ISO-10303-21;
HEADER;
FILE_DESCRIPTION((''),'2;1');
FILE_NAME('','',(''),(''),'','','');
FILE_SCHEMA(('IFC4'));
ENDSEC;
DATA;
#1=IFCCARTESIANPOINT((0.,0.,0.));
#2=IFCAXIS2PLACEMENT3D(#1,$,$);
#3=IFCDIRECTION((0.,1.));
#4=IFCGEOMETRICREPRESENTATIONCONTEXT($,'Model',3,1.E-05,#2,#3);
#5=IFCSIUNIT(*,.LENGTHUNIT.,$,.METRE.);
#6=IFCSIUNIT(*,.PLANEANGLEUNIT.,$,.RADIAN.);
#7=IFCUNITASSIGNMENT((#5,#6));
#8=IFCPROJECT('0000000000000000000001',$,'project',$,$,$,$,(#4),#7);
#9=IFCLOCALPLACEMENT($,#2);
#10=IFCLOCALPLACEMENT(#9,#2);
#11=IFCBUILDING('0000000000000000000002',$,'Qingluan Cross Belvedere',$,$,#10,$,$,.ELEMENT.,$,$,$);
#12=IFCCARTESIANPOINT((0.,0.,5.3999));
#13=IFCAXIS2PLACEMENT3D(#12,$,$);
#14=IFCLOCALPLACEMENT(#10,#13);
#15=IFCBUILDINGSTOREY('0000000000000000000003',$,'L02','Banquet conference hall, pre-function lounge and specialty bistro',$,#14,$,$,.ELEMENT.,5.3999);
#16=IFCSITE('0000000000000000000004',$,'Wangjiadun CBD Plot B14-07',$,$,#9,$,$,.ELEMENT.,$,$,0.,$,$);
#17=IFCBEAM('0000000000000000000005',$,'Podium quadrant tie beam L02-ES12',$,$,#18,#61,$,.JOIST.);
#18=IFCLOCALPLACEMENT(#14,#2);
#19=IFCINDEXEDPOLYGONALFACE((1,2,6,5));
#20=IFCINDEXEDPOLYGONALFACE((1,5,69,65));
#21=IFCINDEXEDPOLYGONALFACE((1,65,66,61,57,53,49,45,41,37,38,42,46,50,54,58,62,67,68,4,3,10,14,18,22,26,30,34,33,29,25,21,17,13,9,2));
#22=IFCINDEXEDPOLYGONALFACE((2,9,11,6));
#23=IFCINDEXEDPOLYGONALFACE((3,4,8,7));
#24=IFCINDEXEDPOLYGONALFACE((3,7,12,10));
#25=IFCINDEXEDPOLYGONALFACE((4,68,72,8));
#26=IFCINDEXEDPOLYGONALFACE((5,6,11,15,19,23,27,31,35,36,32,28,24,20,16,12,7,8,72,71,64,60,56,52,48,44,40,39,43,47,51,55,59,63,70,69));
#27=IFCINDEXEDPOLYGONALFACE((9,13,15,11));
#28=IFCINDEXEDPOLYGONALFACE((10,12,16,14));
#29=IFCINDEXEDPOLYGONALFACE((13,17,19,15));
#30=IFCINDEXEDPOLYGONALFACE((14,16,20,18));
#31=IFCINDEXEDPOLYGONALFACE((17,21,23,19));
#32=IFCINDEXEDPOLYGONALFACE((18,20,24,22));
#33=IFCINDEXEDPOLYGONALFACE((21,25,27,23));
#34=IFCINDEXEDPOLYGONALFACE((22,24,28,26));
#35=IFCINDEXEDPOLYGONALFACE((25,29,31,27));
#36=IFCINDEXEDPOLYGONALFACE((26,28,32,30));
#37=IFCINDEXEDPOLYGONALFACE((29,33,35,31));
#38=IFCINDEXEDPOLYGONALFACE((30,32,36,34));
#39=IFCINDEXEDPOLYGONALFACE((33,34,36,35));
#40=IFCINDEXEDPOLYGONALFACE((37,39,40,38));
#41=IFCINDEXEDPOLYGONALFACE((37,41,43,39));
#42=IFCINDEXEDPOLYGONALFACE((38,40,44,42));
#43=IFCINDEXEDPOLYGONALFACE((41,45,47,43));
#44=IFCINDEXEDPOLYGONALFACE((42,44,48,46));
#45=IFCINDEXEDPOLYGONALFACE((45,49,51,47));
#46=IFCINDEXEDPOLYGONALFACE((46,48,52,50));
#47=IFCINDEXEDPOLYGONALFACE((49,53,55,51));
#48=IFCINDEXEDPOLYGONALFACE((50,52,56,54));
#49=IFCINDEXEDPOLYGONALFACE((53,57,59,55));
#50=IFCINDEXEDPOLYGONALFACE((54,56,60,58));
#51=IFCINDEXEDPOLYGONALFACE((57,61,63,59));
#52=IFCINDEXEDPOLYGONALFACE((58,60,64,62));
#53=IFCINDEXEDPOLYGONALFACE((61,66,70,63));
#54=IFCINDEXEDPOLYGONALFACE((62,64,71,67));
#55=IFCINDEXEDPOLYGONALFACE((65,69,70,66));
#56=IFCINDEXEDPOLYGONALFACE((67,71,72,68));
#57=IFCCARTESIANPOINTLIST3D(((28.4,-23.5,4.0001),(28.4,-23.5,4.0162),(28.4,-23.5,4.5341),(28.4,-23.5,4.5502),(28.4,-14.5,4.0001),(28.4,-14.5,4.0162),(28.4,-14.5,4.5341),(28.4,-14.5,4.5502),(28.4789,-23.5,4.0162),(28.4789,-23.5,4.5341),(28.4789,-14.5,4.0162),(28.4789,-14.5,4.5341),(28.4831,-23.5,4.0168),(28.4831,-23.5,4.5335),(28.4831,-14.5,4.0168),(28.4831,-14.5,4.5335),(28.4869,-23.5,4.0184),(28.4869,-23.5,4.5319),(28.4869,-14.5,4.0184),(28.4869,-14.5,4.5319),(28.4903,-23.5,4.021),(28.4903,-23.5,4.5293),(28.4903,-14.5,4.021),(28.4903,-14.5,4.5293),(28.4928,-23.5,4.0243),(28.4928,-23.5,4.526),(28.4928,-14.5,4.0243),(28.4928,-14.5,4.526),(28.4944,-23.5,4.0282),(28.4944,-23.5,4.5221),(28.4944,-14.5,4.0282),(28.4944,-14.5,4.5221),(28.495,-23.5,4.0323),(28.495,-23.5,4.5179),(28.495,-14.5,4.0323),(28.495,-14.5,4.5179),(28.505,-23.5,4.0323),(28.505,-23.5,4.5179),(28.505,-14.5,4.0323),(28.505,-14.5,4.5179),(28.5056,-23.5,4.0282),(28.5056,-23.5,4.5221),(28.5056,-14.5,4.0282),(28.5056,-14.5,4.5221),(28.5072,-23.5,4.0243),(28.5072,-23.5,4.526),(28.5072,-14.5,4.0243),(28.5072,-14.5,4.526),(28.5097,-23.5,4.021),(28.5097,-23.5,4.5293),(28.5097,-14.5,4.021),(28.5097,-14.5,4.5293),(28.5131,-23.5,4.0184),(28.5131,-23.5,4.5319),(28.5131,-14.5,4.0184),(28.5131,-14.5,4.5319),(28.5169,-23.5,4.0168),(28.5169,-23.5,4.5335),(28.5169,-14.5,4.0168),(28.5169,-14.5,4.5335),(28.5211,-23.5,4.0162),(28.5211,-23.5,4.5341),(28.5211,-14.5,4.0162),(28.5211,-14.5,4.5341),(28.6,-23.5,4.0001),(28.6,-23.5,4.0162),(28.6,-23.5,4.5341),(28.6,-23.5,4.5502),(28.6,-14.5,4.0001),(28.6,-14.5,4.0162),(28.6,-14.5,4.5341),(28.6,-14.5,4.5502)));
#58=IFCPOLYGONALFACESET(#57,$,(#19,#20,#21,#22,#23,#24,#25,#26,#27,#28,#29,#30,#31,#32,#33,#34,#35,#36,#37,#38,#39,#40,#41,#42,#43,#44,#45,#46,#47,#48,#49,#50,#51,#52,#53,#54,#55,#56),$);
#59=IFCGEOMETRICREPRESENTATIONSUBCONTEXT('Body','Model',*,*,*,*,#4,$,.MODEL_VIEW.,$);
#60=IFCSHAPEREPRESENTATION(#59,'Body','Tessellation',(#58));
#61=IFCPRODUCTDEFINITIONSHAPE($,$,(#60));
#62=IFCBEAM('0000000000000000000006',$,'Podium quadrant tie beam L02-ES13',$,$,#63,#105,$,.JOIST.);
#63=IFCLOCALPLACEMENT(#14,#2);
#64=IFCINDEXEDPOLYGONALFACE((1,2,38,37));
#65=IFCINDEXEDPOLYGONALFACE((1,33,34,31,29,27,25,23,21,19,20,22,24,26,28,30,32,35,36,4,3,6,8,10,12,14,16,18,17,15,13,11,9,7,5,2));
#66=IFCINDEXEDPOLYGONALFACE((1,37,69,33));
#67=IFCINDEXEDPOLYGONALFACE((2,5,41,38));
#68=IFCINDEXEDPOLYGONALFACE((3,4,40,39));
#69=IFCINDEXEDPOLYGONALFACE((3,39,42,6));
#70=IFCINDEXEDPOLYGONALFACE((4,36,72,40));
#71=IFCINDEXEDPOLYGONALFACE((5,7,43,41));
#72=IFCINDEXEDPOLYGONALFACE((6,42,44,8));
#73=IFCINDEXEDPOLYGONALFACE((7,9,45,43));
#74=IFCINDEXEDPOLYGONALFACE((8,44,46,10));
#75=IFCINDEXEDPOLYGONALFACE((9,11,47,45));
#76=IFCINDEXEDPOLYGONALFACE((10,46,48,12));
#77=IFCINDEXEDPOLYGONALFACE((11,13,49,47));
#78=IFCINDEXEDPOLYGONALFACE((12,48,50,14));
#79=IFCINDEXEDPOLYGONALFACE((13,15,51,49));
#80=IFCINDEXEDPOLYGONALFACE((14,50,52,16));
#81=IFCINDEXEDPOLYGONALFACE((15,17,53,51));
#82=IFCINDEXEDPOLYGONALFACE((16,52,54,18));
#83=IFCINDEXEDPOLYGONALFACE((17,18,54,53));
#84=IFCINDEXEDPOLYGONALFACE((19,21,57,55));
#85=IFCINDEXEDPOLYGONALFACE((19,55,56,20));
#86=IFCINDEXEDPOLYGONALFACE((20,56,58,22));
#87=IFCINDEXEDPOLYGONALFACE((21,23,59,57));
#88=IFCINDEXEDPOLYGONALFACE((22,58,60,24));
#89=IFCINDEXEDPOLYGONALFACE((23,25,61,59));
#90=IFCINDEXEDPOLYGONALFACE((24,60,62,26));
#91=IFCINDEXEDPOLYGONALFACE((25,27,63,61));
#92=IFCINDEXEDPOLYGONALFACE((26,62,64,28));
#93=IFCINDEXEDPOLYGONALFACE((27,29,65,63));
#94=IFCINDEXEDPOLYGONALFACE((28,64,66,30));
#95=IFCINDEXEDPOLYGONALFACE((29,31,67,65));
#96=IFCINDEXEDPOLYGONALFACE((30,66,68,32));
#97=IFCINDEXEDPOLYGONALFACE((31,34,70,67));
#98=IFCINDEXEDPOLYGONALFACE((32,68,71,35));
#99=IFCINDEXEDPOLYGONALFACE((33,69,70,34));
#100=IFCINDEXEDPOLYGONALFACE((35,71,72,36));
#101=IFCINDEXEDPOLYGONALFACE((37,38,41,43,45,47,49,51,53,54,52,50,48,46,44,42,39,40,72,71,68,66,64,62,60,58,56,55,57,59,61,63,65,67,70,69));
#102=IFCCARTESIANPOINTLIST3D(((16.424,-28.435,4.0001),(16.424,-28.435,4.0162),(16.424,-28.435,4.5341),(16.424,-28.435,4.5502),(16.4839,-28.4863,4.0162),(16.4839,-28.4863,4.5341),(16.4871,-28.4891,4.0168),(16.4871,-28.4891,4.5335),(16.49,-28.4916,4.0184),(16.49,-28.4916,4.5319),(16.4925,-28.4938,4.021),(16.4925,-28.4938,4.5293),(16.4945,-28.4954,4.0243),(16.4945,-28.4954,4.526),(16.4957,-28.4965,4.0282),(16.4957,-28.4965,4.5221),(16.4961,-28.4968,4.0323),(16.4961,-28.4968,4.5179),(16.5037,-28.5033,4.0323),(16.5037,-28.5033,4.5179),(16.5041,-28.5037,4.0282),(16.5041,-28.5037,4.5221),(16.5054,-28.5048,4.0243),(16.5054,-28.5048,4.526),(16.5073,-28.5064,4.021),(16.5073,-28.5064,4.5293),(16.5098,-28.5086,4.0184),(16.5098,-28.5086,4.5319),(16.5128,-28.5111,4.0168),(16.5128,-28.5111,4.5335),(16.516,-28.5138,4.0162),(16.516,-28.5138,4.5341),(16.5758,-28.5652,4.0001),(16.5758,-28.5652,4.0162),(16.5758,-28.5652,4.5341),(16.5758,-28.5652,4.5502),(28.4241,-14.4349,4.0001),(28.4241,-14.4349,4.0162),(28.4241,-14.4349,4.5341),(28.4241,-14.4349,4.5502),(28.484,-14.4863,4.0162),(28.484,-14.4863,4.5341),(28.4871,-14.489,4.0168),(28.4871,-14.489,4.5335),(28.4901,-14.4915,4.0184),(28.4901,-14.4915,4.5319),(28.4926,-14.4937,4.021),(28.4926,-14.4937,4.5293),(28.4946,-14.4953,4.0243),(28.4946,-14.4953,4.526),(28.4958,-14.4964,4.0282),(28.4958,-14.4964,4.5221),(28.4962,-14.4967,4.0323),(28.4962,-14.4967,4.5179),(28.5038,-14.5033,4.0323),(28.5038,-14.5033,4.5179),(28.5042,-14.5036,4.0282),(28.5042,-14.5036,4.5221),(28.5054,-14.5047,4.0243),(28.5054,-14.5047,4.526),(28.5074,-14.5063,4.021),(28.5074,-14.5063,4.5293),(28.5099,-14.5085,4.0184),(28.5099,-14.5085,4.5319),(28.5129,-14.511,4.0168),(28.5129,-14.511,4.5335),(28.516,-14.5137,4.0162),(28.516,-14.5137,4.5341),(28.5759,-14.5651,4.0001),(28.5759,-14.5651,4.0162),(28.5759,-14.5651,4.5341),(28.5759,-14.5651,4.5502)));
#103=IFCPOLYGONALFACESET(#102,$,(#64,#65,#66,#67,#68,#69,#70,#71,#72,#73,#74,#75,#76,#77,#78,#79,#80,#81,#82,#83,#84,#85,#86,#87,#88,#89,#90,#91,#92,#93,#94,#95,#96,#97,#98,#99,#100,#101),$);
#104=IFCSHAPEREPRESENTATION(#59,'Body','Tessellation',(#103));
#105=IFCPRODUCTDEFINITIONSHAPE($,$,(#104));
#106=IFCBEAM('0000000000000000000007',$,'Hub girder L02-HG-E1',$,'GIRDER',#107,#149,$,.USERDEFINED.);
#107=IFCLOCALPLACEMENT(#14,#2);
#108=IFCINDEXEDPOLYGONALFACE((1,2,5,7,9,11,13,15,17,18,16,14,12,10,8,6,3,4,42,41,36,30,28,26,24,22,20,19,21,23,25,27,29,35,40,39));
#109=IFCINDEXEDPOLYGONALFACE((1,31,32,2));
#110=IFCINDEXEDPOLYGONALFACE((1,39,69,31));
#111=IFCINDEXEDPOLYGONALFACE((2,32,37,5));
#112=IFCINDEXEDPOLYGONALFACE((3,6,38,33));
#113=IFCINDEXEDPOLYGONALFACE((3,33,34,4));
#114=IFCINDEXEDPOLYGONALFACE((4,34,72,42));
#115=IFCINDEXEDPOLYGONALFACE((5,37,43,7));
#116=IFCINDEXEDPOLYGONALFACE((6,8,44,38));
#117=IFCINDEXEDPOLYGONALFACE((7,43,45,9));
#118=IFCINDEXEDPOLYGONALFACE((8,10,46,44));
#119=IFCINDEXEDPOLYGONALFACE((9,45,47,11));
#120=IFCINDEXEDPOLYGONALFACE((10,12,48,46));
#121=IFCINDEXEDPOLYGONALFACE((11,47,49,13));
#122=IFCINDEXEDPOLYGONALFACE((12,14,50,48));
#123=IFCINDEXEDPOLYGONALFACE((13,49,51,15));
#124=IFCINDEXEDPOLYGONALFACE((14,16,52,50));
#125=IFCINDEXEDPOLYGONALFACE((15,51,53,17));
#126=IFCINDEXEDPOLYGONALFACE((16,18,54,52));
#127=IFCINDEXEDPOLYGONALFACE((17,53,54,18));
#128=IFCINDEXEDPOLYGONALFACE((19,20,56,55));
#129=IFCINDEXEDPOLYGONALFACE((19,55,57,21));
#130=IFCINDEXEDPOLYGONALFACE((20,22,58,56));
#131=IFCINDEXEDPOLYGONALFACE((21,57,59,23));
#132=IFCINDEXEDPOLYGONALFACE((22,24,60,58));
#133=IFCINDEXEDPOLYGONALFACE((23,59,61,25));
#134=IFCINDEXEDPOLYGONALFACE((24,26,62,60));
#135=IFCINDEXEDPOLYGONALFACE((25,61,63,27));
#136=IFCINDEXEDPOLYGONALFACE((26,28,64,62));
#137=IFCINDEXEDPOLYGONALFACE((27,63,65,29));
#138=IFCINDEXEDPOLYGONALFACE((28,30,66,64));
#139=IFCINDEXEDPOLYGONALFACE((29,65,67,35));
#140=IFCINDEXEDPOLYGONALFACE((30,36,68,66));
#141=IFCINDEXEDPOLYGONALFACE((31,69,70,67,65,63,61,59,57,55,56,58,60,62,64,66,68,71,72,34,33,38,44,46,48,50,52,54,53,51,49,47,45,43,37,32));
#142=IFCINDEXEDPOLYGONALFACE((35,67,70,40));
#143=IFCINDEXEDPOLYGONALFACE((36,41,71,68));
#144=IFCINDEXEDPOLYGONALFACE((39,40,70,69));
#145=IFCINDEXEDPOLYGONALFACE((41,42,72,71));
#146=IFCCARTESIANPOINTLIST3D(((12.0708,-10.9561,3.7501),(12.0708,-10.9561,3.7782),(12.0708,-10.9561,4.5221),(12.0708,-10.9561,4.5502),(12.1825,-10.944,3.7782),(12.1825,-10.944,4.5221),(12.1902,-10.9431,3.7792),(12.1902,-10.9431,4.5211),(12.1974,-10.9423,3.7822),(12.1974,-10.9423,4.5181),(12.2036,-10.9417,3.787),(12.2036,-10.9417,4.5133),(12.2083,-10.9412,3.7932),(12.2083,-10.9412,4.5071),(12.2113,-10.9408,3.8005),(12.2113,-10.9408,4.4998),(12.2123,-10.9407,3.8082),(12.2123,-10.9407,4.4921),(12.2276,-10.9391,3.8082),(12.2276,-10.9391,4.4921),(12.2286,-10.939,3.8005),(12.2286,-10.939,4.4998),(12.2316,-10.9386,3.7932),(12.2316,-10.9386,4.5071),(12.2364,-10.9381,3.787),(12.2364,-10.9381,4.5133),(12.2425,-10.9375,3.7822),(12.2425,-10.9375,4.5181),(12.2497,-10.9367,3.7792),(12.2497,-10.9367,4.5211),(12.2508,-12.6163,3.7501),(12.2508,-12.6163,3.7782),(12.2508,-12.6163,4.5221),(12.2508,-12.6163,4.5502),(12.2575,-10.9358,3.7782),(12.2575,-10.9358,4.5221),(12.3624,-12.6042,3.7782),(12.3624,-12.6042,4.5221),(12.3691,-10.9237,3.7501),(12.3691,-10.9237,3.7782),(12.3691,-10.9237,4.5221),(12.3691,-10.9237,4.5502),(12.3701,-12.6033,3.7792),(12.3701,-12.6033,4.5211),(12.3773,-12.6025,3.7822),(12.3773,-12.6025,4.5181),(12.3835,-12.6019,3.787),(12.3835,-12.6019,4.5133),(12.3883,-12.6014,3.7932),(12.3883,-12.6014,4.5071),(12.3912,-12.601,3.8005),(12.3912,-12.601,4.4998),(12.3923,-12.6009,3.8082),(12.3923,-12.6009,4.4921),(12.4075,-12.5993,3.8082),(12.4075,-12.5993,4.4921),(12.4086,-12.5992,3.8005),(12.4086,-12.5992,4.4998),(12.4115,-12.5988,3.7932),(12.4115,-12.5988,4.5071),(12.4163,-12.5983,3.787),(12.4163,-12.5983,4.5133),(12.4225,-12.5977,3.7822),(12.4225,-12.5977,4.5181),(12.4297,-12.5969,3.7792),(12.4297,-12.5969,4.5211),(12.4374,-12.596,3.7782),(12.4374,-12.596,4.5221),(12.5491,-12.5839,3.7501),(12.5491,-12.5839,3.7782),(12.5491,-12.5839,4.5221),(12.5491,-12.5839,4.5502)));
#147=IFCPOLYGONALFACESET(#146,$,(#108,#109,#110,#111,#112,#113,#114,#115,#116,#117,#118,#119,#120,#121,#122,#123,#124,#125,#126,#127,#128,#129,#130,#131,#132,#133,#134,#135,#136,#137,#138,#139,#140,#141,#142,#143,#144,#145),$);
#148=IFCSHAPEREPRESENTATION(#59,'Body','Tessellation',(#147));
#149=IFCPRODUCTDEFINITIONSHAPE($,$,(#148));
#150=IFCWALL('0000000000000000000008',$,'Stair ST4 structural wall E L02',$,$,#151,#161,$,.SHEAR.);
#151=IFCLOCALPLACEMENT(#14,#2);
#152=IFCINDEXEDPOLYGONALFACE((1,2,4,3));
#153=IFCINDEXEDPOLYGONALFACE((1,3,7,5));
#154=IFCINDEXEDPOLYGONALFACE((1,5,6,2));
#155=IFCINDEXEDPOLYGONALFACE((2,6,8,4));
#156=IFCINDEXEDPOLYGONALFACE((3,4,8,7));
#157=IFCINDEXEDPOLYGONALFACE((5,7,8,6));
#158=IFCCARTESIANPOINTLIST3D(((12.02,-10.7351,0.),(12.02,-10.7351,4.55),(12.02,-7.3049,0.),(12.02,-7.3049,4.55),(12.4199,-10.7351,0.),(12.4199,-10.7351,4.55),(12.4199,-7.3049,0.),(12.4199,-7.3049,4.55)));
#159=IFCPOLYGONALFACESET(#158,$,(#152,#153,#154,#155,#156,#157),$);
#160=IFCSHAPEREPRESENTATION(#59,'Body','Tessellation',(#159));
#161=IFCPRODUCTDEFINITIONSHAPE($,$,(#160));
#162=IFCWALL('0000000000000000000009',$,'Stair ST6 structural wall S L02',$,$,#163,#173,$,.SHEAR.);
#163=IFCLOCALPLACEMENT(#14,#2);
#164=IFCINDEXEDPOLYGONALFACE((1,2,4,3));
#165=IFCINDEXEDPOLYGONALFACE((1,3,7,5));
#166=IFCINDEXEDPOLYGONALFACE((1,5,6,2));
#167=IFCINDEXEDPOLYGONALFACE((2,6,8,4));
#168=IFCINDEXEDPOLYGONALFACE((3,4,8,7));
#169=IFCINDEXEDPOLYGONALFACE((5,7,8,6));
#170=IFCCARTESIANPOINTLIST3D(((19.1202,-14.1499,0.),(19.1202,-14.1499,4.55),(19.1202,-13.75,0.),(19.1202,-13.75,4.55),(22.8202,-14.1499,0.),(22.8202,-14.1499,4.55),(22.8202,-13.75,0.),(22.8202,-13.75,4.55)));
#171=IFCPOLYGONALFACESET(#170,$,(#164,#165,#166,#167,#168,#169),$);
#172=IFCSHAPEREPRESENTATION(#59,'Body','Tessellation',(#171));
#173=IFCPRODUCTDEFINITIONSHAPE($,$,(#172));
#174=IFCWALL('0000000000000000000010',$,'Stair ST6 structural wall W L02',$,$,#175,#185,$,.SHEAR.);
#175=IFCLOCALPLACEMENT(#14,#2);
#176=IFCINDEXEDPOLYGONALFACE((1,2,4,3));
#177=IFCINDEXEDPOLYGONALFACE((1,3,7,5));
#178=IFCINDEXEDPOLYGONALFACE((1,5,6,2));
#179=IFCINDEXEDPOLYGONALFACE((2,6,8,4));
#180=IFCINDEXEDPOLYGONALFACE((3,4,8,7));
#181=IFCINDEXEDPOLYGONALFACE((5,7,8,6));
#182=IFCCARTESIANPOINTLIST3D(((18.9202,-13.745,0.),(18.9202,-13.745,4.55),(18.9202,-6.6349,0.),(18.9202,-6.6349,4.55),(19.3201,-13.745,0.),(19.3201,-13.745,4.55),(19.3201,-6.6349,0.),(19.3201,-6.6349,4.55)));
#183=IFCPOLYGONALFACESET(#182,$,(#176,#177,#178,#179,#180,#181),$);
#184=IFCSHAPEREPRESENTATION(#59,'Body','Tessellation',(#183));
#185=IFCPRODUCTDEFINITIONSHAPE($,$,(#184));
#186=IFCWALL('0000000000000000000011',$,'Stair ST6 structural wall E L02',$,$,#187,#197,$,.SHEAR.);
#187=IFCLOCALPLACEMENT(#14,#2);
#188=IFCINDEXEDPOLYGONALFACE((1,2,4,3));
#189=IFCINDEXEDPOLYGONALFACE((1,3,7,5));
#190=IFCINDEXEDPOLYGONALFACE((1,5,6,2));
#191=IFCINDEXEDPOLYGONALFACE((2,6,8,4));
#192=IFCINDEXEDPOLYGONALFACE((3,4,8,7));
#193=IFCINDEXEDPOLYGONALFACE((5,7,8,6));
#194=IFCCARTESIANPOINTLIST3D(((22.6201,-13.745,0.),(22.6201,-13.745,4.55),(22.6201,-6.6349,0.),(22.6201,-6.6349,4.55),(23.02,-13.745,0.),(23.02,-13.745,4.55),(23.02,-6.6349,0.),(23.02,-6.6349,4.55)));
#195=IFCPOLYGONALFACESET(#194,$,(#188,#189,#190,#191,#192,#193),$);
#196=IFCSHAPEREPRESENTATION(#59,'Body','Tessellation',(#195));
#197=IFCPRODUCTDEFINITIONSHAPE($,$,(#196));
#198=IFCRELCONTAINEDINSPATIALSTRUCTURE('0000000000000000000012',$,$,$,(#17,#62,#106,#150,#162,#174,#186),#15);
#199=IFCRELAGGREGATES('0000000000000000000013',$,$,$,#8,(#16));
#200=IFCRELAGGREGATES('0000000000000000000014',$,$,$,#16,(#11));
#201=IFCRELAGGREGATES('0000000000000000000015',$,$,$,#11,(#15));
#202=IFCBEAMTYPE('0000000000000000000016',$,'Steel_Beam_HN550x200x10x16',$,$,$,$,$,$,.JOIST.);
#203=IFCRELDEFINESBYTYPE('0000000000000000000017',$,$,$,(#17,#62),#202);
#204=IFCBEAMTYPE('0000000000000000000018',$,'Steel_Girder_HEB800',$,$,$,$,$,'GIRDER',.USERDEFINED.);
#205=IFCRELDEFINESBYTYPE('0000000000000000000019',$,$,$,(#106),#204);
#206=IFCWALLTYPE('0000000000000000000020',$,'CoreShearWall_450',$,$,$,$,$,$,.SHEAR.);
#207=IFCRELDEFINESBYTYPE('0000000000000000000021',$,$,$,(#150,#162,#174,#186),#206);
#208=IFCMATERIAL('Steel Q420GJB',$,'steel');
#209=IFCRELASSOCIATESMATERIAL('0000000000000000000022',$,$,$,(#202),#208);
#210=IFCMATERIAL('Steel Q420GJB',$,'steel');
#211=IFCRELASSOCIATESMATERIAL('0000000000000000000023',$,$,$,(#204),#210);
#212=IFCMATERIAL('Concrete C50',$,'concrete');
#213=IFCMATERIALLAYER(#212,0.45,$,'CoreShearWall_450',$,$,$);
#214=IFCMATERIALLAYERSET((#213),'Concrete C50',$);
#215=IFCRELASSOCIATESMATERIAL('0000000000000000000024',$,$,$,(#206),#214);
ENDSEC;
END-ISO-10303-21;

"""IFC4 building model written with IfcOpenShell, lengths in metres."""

from ifc_helpers import new_model, si_unit, direction, frame, frame_2d, origin, origin_2d, place, context, subcontext, project, spatial, rectangle, i_section, extrude, material, layer, layer_set, material_profile, profile_set, type_object, element, save


model = new_model("IFC4")

# Units and contexts
model_context = context("Model", 3, precision=1e-05, world=origin(), true_north=direction((0.0, 1.0)))
body_context = subcontext(model_context, "Body", "Model", "MODEL_VIEW")
ifc_project = project(units=[si_unit("LENGTHUNIT", "METRE"), si_unit("PLANEANGLEUNIT", "RADIAN")], contexts=[model_context])

# Site, building, storey
site_placement = place(None, origin())
site = spatial("IfcSite", under=ifc_project, at=site_placement, Name="Wangjiadun CBD Plot B14-07", CompositionType="ELEMENT", RefElevation=0.0)
building_placement = place(site_placement, origin())
building = spatial("IfcBuilding", under=site, at=building_placement, Name="Qingluan Cross Belvedere", CompositionType="ELEMENT")
storey_placement = place(building_placement, frame((0.0, 0.0, 5.3999)))
storey = spatial("IfcBuildingStorey", under=building, at=storey_placement, Name="L02", Description="Banquet conference hall, pre-function lounge and specialty bistro", CompositionType="ELEMENT", Elevation=5.3999)

# Beams
ifc_material_1 = material(Name="Steel Q420GJB", Category="steel")
ifc_material_profile_1 = material_profile(ifc_material_1, i_section(OverallWidth=0.2, OverallDepth=0.55, WebThickness=0.01, FlangeThickness=0.0161, FilletRadius=0.0161, at=origin_2d()), Name="HN550x200x10x16")
ifc_profile_set_1 = profile_set([ifc_material_profile_1], Name="Steel Q420GJB")
beam_type_1 = type_object("IfcBeamType", Name="Steel_Beam_HN550x200x10x16", PredefinedType="JOIST", material=ifc_profile_set_1)
beam_1_placement = place(storey_placement, frame((28.5, -14.5, 4.2751), z_axis=(0.0, -1.0, 0.0), x_axis=(1.0, 0.0, 0.0)))
element("IfcBeam", 1, at=beam_1_placement, inside=storey, type_object=beam_type_1, Name="Podium quadrant tie beam L02-ES12", PredefinedType="JOIST", context=body_context, shape_type="SweptSolid", body=[
    extrude(i_section(OverallWidth=0.2, OverallDepth=0.55, WebThickness=0.01, FlangeThickness=0.0161, FilletRadius=0.0161, at=origin_2d()), origin(), (0.0, 0.0, 1.0), 9.0),
])
beam_2_placement = place(storey_placement, frame((28.5, -14.5, 4.2751), z_axis=(-0.650791, -0.759257, 0.0), x_axis=(0.759257, -0.650791, 0.0)))
element("IfcBeam", 2, at=beam_2_placement, inside=storey, type_object=beam_type_1, Name="Podium quadrant tie beam L02-ES13", PredefinedType="JOIST", context=body_context, shape_type="SweptSolid", body=[
    extrude(i_section(OverallWidth=0.2, OverallDepth=0.55, WebThickness=0.01, FlangeThickness=0.0161, FilletRadius=0.0161, at=origin_2d()), origin(), (0.0, 0.0, 1.0), 18.4392),
])
ifc_material_2 = material(Name="Steel Q420GJB", Category="steel")
ifc_material_profile_2 = material_profile(ifc_material_2, i_section(OverallWidth=0.3, OverallDepth=0.8, WebThickness=0.0154, FlangeThickness=0.0281, FilletRadius=0.03, at=origin_2d()), Name="HEB800")
ifc_profile_set_2 = profile_set([ifc_material_profile_2], Name="Steel Q420GJB")
beam_type_2 = type_object("IfcBeamType", Name="Steel_Girder_HEB800", ElementType="GIRDER", PredefinedType="USERDEFINED", material=ifc_profile_set_2)
beam_3_placement = place(storey_placement, frame((12.3999, -12.6001, 4.1501), z_axis=(-0.107751, 0.994178, 0.0), x_axis=(-0.994178, -0.107751, 0.0)))
element("IfcBeam", 3, at=beam_3_placement, inside=storey, type_object=beam_type_2, Name="Hub girder L02-HG-E1", ObjectType="GIRDER", PredefinedType="USERDEFINED", context=body_context, shape_type="SweptSolid", body=[
    extrude(i_section(OverallWidth=0.3, OverallDepth=0.8, WebThickness=0.0154, FlangeThickness=0.0281, FilletRadius=0.03, at=origin_2d()), origin(), (0.0, 0.0, 1.0), 1.6699),
])

# Walls
ifc_material_3 = material(Name="Concrete C50", Category="concrete")
ifc_layer_1 = layer(ifc_material_3, 0.45, Name="CoreShearWall_450")
ifc_layer_set_1 = layer_set([ifc_layer_1], Name="Concrete C50")
wall_type_1 = type_object("IfcWallType", Name="CoreShearWall_450", PredefinedType="SHEAR", material=ifc_layer_set_1)
wall_1_placement = place(storey_placement, frame((12.22, -10.7351, 0.0), z_axis=(0.0, 0.0, 1.0), x_axis=(0.0, 1.0, 0.0)))
element("IfcWall", 4, at=wall_1_placement, inside=storey, type_object=wall_type_1, Name="Stair ST4 structural wall E L02", PredefinedType="SHEAR", context=body_context, shape_type="SweptSolid", body=[
    extrude(rectangle(XDim=3.4302, YDim=0.3999, at=frame_2d((1.7151, 0.0))), origin(), (0.0, 0.0, 1.0), 4.55),
])
wall_2_placement = place(storey_placement, frame((19.1201, -13.95, 0.0), z_axis=(0.0, 0.0, 1.0), x_axis=(1.0, 0.0, 0.0)))
element("IfcWall", 5, at=wall_2_placement, inside=storey, type_object=wall_type_1, Name="Stair ST6 structural wall S L02", PredefinedType="SHEAR", context=body_context, shape_type="SweptSolid", body=[
    extrude(rectangle(XDim=3.7, YDim=0.3999, at=frame_2d((1.8501, 0.0))), origin(), (0.0, 0.0, 1.0), 4.55),
])
for number, where, z_axis, x_axis, name in (
    (6, (19.1201, -13.7451, 0.0), (0.0, 0.0, 1.0), (0.0, 1.0, 0.0), "Stair ST6 structural wall W L02"),
    (7, (22.8201, -13.7451, 0.0), (0.0, 0.0, 1.0), (0.0, 1.0, 0.0), "Stair ST6 structural wall E L02"),
):
    element("IfcWall", number, at=place(storey_placement, frame(where, z_axis=z_axis, x_axis=x_axis)), inside=storey, type_object=wall_type_1, Name=name, PredefinedType="SHEAR", context=body_context, shape_type="SweptSolid", body=[
        extrude(rectangle(XDim=7.1101, YDim=0.3999, at=frame_2d((3.5552, 0.0))), origin(), (0.0, 0.0, 1.0), 4.55),
    ])

save(model, "model.ifc")
